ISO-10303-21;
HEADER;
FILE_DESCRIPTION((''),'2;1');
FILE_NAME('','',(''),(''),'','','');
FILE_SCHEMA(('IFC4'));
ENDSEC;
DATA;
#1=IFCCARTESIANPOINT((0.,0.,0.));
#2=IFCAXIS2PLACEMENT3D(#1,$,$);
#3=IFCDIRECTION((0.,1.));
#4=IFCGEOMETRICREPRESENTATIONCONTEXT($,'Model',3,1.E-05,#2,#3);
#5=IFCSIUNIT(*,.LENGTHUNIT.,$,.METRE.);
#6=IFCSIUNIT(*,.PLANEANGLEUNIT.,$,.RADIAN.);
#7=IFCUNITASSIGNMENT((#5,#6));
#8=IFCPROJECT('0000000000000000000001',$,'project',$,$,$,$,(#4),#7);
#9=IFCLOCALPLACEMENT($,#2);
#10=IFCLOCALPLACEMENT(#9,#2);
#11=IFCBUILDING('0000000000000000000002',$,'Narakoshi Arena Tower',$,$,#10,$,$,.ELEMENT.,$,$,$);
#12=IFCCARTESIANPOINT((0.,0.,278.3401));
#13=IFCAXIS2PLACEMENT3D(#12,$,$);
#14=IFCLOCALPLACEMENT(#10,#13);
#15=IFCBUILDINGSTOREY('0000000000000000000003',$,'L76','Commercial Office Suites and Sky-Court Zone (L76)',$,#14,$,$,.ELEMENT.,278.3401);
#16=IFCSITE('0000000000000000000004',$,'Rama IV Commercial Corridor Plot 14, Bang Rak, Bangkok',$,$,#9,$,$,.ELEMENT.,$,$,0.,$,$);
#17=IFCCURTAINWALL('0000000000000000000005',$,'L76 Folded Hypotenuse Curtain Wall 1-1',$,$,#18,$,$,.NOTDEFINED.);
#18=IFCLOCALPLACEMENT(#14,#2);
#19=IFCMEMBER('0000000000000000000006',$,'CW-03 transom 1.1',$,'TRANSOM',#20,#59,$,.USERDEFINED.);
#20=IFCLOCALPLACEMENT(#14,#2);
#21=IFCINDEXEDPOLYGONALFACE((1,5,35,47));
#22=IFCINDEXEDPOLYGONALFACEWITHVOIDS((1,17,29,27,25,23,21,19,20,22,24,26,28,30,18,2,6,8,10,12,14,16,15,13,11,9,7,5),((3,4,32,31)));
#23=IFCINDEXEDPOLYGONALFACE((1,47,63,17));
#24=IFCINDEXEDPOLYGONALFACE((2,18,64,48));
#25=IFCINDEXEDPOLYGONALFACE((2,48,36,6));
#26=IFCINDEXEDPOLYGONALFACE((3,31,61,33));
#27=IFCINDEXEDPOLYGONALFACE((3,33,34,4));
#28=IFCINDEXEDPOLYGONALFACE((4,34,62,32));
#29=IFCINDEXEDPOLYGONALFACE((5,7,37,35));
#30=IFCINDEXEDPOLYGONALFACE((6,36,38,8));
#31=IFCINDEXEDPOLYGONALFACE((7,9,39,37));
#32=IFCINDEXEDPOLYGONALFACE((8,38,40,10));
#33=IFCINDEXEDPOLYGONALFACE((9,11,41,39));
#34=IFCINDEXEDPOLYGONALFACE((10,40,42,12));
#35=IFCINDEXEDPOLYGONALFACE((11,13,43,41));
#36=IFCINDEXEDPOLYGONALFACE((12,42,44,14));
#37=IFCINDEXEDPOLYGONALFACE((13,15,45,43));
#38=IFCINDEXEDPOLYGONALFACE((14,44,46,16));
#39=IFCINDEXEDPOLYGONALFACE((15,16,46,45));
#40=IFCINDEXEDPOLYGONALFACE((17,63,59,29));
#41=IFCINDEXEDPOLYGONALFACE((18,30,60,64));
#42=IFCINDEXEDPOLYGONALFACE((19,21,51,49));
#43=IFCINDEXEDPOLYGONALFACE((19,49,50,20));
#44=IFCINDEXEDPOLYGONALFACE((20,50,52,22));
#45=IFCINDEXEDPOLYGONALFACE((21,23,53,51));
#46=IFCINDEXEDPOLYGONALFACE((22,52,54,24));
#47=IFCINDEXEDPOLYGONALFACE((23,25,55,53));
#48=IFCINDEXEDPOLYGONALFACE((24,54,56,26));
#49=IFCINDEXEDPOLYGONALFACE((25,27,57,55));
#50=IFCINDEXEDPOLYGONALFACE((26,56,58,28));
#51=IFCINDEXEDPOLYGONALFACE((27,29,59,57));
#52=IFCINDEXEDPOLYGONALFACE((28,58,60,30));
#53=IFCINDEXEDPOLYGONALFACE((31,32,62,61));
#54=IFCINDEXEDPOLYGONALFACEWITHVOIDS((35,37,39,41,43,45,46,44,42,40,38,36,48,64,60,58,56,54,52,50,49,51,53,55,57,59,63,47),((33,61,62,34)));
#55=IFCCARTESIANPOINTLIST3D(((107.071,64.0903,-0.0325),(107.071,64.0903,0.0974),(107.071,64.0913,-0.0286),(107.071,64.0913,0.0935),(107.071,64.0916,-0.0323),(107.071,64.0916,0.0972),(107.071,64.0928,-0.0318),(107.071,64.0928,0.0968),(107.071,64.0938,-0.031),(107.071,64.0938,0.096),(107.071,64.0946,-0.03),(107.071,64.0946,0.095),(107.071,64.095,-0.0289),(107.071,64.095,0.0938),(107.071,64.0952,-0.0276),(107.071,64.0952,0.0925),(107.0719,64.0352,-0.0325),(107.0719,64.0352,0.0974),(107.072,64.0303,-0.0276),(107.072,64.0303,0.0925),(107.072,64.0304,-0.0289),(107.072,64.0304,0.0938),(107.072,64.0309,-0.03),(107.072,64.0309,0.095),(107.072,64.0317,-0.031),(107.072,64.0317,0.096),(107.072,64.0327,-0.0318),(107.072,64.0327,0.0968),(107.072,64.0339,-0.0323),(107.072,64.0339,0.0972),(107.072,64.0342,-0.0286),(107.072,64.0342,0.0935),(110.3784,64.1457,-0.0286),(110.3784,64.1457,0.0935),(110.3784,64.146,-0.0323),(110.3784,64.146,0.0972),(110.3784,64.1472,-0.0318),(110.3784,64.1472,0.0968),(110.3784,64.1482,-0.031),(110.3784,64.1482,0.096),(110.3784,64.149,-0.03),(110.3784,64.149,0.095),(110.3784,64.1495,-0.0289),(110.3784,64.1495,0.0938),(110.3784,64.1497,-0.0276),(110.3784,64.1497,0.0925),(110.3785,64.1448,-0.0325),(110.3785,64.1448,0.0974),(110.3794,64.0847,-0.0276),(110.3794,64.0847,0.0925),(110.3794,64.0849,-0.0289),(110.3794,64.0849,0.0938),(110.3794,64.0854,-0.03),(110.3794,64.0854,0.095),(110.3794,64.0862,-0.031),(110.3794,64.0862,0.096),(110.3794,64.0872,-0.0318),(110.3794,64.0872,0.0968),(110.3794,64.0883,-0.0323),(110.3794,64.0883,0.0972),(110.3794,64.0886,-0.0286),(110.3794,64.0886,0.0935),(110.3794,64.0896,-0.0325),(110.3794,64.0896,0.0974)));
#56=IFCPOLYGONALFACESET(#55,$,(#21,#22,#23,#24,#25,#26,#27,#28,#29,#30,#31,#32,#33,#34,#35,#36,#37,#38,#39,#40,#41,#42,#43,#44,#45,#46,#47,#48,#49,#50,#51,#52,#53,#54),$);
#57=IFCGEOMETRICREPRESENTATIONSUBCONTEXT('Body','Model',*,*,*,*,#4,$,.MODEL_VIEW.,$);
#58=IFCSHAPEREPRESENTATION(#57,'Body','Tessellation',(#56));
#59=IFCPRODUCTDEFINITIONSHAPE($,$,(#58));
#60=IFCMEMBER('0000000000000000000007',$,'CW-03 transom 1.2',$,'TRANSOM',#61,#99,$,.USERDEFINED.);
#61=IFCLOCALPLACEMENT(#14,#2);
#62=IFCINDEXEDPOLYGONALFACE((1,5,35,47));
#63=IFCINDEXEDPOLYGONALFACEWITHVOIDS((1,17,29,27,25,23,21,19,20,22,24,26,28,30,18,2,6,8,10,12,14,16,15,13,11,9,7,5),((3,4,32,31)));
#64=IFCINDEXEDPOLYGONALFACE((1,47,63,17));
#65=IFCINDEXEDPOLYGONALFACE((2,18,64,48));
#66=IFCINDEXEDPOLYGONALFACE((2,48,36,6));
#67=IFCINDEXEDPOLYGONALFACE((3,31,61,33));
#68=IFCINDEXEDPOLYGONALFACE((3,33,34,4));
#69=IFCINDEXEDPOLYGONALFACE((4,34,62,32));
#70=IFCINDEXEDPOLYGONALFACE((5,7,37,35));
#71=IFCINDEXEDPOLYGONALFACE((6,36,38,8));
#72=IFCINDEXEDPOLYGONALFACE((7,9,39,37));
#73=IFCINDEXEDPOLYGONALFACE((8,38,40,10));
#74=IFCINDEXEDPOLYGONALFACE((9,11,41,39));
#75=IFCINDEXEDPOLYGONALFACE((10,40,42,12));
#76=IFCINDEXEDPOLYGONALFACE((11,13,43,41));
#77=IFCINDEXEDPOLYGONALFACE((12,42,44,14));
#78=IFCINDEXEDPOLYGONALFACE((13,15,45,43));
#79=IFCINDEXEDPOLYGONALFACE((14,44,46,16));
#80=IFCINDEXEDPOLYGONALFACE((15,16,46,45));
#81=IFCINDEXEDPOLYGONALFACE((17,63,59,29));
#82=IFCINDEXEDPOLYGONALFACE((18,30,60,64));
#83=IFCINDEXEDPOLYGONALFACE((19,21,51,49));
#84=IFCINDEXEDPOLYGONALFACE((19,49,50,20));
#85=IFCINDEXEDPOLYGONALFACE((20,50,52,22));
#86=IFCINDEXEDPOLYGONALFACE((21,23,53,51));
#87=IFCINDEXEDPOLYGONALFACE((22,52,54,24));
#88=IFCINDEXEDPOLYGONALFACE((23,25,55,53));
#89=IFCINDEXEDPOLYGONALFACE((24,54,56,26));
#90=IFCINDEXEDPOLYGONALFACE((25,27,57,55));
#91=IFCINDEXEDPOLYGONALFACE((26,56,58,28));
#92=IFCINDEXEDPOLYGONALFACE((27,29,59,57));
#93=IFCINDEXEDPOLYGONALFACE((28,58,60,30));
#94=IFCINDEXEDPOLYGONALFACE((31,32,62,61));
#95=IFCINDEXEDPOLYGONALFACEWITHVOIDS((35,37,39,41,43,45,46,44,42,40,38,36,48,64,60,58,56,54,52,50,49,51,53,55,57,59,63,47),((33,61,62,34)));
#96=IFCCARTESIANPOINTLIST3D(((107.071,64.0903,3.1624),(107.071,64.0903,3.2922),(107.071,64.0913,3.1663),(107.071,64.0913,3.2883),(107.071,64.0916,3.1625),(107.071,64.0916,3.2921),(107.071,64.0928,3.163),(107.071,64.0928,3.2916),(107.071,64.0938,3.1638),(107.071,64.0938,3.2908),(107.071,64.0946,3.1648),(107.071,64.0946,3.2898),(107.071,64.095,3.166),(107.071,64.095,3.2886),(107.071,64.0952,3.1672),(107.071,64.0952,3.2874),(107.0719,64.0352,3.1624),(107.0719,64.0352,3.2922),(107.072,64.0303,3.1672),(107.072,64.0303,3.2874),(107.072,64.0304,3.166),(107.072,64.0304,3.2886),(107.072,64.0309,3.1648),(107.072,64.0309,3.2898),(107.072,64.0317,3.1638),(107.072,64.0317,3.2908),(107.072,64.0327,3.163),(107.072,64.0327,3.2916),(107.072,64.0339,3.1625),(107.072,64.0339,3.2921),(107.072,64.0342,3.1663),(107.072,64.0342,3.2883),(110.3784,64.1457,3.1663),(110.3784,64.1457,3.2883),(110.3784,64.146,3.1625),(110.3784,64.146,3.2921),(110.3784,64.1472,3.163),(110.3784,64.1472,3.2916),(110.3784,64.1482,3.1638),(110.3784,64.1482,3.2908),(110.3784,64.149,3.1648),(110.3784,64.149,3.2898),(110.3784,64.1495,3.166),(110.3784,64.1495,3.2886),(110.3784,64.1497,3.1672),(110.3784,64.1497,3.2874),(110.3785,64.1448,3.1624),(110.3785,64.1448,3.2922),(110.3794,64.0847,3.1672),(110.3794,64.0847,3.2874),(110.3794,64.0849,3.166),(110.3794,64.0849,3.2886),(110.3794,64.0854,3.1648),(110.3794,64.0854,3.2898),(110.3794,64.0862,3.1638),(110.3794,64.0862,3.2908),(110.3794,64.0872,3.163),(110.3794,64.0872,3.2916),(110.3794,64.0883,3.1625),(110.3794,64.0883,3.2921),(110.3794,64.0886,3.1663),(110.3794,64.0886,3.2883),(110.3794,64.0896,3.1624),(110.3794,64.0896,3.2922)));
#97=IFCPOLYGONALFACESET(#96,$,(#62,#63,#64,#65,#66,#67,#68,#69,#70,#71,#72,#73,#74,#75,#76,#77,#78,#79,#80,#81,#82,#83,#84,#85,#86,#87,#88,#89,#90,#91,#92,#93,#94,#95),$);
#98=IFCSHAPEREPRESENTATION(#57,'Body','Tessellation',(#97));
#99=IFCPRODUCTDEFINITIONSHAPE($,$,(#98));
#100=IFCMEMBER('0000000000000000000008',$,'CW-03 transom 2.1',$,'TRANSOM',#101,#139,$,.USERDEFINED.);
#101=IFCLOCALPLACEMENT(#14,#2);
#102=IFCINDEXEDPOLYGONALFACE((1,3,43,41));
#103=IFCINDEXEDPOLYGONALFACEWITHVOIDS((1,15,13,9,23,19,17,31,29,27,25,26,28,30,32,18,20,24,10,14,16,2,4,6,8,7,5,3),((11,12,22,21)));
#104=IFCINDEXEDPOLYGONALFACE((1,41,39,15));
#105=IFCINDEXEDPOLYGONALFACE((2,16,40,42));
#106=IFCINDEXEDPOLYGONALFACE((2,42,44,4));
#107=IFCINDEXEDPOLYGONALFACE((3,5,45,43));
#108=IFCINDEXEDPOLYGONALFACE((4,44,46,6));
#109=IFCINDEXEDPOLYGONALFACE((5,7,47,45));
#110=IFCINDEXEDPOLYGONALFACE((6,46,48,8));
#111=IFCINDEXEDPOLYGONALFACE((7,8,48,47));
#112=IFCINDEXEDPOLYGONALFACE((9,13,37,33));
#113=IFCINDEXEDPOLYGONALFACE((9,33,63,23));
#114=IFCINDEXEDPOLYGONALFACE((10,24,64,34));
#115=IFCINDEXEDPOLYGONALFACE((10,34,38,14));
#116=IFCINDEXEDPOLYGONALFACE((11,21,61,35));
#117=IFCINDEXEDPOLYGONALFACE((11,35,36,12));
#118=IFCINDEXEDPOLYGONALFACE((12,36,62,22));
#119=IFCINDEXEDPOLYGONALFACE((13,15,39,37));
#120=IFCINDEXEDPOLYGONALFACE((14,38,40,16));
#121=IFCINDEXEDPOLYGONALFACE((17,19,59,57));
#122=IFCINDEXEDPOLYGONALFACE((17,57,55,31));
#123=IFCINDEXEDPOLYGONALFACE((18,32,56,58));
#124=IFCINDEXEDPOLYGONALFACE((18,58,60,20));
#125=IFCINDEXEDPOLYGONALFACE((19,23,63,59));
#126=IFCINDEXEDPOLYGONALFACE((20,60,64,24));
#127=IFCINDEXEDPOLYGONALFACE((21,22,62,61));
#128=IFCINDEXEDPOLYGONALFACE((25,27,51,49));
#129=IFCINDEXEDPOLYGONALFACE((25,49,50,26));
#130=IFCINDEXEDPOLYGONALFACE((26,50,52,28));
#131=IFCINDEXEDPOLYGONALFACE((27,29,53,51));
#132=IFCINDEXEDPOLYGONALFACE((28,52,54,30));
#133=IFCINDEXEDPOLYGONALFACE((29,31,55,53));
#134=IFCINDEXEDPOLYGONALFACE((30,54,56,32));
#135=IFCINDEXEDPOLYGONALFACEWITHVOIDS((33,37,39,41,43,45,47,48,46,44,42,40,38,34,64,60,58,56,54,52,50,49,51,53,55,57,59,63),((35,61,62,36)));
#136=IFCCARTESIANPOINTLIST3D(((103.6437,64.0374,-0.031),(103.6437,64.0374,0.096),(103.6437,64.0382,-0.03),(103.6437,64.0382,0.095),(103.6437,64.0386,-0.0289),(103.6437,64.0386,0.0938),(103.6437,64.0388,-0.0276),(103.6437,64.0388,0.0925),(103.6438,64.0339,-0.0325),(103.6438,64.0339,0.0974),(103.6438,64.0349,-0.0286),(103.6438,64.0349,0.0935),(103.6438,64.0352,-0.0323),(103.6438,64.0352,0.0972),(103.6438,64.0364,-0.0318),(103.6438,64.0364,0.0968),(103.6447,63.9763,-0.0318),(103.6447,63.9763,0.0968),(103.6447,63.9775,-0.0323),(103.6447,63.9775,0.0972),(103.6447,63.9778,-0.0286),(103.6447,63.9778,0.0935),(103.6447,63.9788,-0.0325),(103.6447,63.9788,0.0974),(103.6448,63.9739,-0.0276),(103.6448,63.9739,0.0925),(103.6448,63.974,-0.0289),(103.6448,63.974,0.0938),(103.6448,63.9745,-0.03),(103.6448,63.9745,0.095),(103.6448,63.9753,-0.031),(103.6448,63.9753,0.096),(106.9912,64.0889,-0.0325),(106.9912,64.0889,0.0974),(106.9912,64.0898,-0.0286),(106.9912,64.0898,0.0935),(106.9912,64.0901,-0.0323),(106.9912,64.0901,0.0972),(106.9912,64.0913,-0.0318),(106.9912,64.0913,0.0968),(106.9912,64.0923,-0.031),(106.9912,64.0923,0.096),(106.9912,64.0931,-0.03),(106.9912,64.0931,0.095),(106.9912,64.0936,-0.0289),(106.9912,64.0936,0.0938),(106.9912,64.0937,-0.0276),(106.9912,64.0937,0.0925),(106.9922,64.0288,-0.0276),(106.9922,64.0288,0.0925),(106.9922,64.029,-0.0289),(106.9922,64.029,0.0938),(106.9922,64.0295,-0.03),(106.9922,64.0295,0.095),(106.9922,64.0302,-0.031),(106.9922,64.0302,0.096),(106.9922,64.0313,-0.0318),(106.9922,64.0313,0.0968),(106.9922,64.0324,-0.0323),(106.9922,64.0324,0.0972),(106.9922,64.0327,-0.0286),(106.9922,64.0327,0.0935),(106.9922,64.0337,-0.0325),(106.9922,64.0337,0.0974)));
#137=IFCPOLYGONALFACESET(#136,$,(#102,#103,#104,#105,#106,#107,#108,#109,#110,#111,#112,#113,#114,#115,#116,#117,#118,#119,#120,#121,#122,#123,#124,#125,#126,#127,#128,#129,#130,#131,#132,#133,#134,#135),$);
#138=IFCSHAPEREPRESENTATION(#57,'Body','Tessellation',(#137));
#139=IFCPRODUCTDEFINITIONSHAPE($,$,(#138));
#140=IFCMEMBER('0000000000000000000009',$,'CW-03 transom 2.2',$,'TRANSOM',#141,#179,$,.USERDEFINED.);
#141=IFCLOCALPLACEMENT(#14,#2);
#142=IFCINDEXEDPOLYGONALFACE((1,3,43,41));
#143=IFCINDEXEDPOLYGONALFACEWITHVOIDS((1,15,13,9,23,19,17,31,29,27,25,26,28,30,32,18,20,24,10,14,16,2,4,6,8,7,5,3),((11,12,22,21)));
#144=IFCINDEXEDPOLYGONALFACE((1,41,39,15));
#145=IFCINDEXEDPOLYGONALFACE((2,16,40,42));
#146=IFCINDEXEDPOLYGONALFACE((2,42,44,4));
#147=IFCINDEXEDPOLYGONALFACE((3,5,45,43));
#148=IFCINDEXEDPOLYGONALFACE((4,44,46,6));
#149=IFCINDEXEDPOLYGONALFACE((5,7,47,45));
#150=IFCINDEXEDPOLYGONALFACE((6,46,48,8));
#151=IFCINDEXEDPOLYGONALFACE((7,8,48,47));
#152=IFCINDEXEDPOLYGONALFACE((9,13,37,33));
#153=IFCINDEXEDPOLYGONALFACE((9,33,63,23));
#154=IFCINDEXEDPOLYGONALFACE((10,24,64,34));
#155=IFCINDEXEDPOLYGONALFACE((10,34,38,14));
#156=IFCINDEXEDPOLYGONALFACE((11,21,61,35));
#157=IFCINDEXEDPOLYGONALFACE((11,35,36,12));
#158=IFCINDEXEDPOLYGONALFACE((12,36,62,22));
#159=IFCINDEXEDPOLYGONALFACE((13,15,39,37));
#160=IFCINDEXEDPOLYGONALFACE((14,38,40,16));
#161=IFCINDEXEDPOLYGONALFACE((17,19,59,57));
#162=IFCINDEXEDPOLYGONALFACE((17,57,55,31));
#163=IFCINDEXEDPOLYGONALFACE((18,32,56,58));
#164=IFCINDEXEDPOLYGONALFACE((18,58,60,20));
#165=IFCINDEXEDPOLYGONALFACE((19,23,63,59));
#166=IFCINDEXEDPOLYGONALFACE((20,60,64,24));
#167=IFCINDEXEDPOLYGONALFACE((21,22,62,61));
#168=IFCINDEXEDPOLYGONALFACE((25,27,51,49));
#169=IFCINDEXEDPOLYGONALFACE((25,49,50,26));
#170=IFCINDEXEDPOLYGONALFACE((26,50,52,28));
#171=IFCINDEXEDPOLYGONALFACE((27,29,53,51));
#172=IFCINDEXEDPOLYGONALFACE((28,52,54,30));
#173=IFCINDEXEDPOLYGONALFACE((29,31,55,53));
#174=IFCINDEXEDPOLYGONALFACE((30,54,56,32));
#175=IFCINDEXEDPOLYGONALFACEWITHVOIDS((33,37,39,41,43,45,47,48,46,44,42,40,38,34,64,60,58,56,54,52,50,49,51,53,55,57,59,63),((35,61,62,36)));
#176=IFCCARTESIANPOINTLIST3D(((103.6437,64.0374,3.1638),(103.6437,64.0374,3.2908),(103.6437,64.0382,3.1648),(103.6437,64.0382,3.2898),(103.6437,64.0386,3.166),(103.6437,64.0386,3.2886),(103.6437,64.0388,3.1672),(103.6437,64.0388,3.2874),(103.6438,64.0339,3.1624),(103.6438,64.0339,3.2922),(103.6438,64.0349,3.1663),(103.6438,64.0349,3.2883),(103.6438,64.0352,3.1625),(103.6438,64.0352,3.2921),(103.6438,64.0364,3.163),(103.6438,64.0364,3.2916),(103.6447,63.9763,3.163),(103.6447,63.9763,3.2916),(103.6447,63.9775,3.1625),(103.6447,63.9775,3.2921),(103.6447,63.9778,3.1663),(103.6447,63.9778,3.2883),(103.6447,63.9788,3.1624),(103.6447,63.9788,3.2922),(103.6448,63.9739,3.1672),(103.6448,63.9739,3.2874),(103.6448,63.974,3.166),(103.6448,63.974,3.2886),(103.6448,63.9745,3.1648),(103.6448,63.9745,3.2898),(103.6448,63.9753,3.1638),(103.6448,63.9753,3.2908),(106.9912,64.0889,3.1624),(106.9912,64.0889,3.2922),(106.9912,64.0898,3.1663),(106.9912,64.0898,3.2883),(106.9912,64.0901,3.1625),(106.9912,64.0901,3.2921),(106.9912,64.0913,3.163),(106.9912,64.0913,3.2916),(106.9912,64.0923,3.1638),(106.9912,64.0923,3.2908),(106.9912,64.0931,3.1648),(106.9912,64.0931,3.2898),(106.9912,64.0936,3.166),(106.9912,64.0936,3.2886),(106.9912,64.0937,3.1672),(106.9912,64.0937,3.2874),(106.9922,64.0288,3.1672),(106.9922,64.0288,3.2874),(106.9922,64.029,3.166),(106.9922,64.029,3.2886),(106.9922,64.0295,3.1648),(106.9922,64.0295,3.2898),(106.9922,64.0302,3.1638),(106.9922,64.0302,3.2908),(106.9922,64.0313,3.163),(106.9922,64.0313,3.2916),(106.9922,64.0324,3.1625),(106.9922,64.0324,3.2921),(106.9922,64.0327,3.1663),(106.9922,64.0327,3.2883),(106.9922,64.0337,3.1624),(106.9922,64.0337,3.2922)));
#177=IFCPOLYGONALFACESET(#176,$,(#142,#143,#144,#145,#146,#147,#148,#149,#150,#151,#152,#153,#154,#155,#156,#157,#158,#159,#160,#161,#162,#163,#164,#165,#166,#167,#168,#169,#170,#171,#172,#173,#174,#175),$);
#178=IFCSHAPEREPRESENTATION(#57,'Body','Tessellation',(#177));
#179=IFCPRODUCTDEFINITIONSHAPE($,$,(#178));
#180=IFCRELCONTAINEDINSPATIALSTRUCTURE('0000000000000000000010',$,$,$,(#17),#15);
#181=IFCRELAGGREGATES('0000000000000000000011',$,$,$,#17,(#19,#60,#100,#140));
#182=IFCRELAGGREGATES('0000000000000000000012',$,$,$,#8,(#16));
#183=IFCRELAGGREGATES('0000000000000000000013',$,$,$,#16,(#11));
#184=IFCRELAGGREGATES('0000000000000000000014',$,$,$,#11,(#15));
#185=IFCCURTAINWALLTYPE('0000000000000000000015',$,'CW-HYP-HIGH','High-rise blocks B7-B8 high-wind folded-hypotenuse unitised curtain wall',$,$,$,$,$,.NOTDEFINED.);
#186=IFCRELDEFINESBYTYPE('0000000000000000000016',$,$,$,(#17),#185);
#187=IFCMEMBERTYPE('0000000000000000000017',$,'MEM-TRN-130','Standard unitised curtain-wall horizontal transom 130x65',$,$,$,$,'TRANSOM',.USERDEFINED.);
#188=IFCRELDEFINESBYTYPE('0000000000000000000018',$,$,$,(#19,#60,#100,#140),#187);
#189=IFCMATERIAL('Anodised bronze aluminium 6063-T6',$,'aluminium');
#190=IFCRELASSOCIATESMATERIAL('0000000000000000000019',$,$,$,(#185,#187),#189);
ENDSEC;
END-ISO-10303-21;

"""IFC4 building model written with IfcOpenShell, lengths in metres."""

from ifc_helpers import new_model, si_unit, direction, frame, origin, origin_2d, place, context, subcontext, project, spatial, hollow_rectangle, extrude, material, material_profile, profile_set, type_object, element, aggregate, save


model = new_model("IFC4")

# Units and contexts
model_context = context("Model", 3, precision=1e-05, world=origin(), true_north=direction((0.0, 1.0)))
body_context = subcontext(model_context, "Body", "Model", "MODEL_VIEW")
ifc_project = project(units=[si_unit("LENGTHUNIT", "METRE"), si_unit("PLANEANGLEUNIT", "RADIAN")], contexts=[model_context])

# Site, building, storey
site_placement = place(None, origin())
site = spatial("IfcSite", under=ifc_project, at=site_placement, Name="Rama IV Commercial Corridor Plot 14, Bang Rak, Bangkok", CompositionType="ELEMENT", RefElevation=0.0)
building_placement = place(site_placement, origin())
building = spatial("IfcBuilding", under=site, at=building_placement, Name="Narakoshi Arena Tower", CompositionType="ELEMENT")
storey_placement = place(building_placement, frame((0.0, 0.0, 278.3401)))
storey = spatial("IfcBuildingStorey", under=building, at=storey_placement, Name="L76", Description="Commercial Office Suites and Sky-Court Zone (L76)", CompositionType="ELEMENT", Elevation=278.3401)

# Curtain wall, members
ifc_material_1 = material(Name="Anodised bronze aluminium 6063-T6", Category="aluminium")
curtain_wall_type = type_object("IfcCurtainWallType", Name="CW-HYP-HIGH", Description="High-rise blocks B7-B8 high-wind folded-hypotenuse unitised curtain wall", PredefinedType="NOTDEFINED", material=ifc_material_1)
curtain_wall_placement = place(storey_placement, origin())
curtain_wall = element("IfcCurtainWall", 1, at=curtain_wall_placement, inside=storey, type_object=curtain_wall_type, Name="L76 Folded Hypotenuse Curtain Wall 1-1", PredefinedType="NOTDEFINED")
ifc_material_profile_1 = material_profile(ifc_material_1, hollow_rectangle(XDim=0.0649, YDim=0.1299, WallThickness=0.0039, OuterFilletRadius=0.0049, at=origin_2d()), Name="TRN130x65x4")
ifc_profile_set_1 = profile_set([ifc_material_profile_1], Name="Anodised bronze aluminium 6063-T6")
member_type_1 = type_object("IfcMemberType", Name="MEM-TRN-130", Description="Standard unitised curtain-wall horizontal transom 130x65", ElementType="TRANSOM", PredefinedType="USERDEFINED", material=ifc_profile_set_1)
member_1_placement = place(storey_placement, frame((110.3789, 64.1172, 0.0325), z_axis=(-0.999865, -0.016459, 0.0), x_axis=(0.016459, -0.999865, 0.0)))
member_1 = element("IfcMember", 2, at=member_1_placement, type_object=member_type_1, Name="CW-03 transom 1.1", ObjectType="TRANSOM", PredefinedType="USERDEFINED", context=body_context, shape_type="SweptSolid", body=[
    extrude(hollow_rectangle(XDim=0.0649, YDim=0.1299, WallThickness=0.0039, OuterFilletRadius=0.0049, at=origin_2d()), origin(), (0.0, 0.0, 1.0), 3.3079),
])
member_2_placement = place(storey_placement, frame((110.3789, 64.1172, 3.2273), z_axis=(-0.999865, -0.016459, 0.0), x_axis=(0.016459, -0.999865, 0.0)))
member_2 = element("IfcMember", 3, at=member_2_placement, type_object=member_type_1, Name="CW-03 transom 1.2", ObjectType="TRANSOM", PredefinedType="USERDEFINED", context=body_context, shape_type="SweptSolid", body=[
    extrude(hollow_rectangle(XDim=0.0649, YDim=0.1299, WallThickness=0.0039, OuterFilletRadius=0.0049, at=origin_2d()), origin(), (0.0, 0.0, 1.0), 3.3079),
])
member_3_placement = place(storey_placement, frame((106.9917, 64.0613, 0.0325), z_axis=(-0.999865, -0.016408, 0.0), x_axis=(0.016408, -0.999865, 0.0)))
member_3 = element("IfcMember", 4, at=member_3_placement, type_object=member_type_1, Name="CW-03 transom 2.1", ObjectType="TRANSOM", PredefinedType="USERDEFINED", context=body_context, shape_type="SweptSolid", body=[
    extrude(hollow_rectangle(XDim=0.0649, YDim=0.1299, WallThickness=0.0039, OuterFilletRadius=0.0049, at=origin_2d()), origin(), (0.0, 0.0, 1.0), 3.3479),
])
member_4_placement = place(storey_placement, frame((106.9917, 64.0613, 3.2273), z_axis=(-0.999865, -0.016408, 0.0), x_axis=(0.016408, -0.999865, 0.0)))
member_4 = element("IfcMember", 5, at=member_4_placement, type_object=member_type_1, Name="CW-03 transom 2.2", ObjectType="TRANSOM", PredefinedType="USERDEFINED", context=body_context, shape_type="SweptSolid", body=[
    extrude(hollow_rectangle(XDim=0.0649, YDim=0.1299, WallThickness=0.0039, OuterFilletRadius=0.0049, at=origin_2d()), origin(), (0.0, 0.0, 1.0), 3.3479),
])
aggregate(curtain_wall, [member_1, member_2, member_3, member_4])

save(model, "model.ifc")
